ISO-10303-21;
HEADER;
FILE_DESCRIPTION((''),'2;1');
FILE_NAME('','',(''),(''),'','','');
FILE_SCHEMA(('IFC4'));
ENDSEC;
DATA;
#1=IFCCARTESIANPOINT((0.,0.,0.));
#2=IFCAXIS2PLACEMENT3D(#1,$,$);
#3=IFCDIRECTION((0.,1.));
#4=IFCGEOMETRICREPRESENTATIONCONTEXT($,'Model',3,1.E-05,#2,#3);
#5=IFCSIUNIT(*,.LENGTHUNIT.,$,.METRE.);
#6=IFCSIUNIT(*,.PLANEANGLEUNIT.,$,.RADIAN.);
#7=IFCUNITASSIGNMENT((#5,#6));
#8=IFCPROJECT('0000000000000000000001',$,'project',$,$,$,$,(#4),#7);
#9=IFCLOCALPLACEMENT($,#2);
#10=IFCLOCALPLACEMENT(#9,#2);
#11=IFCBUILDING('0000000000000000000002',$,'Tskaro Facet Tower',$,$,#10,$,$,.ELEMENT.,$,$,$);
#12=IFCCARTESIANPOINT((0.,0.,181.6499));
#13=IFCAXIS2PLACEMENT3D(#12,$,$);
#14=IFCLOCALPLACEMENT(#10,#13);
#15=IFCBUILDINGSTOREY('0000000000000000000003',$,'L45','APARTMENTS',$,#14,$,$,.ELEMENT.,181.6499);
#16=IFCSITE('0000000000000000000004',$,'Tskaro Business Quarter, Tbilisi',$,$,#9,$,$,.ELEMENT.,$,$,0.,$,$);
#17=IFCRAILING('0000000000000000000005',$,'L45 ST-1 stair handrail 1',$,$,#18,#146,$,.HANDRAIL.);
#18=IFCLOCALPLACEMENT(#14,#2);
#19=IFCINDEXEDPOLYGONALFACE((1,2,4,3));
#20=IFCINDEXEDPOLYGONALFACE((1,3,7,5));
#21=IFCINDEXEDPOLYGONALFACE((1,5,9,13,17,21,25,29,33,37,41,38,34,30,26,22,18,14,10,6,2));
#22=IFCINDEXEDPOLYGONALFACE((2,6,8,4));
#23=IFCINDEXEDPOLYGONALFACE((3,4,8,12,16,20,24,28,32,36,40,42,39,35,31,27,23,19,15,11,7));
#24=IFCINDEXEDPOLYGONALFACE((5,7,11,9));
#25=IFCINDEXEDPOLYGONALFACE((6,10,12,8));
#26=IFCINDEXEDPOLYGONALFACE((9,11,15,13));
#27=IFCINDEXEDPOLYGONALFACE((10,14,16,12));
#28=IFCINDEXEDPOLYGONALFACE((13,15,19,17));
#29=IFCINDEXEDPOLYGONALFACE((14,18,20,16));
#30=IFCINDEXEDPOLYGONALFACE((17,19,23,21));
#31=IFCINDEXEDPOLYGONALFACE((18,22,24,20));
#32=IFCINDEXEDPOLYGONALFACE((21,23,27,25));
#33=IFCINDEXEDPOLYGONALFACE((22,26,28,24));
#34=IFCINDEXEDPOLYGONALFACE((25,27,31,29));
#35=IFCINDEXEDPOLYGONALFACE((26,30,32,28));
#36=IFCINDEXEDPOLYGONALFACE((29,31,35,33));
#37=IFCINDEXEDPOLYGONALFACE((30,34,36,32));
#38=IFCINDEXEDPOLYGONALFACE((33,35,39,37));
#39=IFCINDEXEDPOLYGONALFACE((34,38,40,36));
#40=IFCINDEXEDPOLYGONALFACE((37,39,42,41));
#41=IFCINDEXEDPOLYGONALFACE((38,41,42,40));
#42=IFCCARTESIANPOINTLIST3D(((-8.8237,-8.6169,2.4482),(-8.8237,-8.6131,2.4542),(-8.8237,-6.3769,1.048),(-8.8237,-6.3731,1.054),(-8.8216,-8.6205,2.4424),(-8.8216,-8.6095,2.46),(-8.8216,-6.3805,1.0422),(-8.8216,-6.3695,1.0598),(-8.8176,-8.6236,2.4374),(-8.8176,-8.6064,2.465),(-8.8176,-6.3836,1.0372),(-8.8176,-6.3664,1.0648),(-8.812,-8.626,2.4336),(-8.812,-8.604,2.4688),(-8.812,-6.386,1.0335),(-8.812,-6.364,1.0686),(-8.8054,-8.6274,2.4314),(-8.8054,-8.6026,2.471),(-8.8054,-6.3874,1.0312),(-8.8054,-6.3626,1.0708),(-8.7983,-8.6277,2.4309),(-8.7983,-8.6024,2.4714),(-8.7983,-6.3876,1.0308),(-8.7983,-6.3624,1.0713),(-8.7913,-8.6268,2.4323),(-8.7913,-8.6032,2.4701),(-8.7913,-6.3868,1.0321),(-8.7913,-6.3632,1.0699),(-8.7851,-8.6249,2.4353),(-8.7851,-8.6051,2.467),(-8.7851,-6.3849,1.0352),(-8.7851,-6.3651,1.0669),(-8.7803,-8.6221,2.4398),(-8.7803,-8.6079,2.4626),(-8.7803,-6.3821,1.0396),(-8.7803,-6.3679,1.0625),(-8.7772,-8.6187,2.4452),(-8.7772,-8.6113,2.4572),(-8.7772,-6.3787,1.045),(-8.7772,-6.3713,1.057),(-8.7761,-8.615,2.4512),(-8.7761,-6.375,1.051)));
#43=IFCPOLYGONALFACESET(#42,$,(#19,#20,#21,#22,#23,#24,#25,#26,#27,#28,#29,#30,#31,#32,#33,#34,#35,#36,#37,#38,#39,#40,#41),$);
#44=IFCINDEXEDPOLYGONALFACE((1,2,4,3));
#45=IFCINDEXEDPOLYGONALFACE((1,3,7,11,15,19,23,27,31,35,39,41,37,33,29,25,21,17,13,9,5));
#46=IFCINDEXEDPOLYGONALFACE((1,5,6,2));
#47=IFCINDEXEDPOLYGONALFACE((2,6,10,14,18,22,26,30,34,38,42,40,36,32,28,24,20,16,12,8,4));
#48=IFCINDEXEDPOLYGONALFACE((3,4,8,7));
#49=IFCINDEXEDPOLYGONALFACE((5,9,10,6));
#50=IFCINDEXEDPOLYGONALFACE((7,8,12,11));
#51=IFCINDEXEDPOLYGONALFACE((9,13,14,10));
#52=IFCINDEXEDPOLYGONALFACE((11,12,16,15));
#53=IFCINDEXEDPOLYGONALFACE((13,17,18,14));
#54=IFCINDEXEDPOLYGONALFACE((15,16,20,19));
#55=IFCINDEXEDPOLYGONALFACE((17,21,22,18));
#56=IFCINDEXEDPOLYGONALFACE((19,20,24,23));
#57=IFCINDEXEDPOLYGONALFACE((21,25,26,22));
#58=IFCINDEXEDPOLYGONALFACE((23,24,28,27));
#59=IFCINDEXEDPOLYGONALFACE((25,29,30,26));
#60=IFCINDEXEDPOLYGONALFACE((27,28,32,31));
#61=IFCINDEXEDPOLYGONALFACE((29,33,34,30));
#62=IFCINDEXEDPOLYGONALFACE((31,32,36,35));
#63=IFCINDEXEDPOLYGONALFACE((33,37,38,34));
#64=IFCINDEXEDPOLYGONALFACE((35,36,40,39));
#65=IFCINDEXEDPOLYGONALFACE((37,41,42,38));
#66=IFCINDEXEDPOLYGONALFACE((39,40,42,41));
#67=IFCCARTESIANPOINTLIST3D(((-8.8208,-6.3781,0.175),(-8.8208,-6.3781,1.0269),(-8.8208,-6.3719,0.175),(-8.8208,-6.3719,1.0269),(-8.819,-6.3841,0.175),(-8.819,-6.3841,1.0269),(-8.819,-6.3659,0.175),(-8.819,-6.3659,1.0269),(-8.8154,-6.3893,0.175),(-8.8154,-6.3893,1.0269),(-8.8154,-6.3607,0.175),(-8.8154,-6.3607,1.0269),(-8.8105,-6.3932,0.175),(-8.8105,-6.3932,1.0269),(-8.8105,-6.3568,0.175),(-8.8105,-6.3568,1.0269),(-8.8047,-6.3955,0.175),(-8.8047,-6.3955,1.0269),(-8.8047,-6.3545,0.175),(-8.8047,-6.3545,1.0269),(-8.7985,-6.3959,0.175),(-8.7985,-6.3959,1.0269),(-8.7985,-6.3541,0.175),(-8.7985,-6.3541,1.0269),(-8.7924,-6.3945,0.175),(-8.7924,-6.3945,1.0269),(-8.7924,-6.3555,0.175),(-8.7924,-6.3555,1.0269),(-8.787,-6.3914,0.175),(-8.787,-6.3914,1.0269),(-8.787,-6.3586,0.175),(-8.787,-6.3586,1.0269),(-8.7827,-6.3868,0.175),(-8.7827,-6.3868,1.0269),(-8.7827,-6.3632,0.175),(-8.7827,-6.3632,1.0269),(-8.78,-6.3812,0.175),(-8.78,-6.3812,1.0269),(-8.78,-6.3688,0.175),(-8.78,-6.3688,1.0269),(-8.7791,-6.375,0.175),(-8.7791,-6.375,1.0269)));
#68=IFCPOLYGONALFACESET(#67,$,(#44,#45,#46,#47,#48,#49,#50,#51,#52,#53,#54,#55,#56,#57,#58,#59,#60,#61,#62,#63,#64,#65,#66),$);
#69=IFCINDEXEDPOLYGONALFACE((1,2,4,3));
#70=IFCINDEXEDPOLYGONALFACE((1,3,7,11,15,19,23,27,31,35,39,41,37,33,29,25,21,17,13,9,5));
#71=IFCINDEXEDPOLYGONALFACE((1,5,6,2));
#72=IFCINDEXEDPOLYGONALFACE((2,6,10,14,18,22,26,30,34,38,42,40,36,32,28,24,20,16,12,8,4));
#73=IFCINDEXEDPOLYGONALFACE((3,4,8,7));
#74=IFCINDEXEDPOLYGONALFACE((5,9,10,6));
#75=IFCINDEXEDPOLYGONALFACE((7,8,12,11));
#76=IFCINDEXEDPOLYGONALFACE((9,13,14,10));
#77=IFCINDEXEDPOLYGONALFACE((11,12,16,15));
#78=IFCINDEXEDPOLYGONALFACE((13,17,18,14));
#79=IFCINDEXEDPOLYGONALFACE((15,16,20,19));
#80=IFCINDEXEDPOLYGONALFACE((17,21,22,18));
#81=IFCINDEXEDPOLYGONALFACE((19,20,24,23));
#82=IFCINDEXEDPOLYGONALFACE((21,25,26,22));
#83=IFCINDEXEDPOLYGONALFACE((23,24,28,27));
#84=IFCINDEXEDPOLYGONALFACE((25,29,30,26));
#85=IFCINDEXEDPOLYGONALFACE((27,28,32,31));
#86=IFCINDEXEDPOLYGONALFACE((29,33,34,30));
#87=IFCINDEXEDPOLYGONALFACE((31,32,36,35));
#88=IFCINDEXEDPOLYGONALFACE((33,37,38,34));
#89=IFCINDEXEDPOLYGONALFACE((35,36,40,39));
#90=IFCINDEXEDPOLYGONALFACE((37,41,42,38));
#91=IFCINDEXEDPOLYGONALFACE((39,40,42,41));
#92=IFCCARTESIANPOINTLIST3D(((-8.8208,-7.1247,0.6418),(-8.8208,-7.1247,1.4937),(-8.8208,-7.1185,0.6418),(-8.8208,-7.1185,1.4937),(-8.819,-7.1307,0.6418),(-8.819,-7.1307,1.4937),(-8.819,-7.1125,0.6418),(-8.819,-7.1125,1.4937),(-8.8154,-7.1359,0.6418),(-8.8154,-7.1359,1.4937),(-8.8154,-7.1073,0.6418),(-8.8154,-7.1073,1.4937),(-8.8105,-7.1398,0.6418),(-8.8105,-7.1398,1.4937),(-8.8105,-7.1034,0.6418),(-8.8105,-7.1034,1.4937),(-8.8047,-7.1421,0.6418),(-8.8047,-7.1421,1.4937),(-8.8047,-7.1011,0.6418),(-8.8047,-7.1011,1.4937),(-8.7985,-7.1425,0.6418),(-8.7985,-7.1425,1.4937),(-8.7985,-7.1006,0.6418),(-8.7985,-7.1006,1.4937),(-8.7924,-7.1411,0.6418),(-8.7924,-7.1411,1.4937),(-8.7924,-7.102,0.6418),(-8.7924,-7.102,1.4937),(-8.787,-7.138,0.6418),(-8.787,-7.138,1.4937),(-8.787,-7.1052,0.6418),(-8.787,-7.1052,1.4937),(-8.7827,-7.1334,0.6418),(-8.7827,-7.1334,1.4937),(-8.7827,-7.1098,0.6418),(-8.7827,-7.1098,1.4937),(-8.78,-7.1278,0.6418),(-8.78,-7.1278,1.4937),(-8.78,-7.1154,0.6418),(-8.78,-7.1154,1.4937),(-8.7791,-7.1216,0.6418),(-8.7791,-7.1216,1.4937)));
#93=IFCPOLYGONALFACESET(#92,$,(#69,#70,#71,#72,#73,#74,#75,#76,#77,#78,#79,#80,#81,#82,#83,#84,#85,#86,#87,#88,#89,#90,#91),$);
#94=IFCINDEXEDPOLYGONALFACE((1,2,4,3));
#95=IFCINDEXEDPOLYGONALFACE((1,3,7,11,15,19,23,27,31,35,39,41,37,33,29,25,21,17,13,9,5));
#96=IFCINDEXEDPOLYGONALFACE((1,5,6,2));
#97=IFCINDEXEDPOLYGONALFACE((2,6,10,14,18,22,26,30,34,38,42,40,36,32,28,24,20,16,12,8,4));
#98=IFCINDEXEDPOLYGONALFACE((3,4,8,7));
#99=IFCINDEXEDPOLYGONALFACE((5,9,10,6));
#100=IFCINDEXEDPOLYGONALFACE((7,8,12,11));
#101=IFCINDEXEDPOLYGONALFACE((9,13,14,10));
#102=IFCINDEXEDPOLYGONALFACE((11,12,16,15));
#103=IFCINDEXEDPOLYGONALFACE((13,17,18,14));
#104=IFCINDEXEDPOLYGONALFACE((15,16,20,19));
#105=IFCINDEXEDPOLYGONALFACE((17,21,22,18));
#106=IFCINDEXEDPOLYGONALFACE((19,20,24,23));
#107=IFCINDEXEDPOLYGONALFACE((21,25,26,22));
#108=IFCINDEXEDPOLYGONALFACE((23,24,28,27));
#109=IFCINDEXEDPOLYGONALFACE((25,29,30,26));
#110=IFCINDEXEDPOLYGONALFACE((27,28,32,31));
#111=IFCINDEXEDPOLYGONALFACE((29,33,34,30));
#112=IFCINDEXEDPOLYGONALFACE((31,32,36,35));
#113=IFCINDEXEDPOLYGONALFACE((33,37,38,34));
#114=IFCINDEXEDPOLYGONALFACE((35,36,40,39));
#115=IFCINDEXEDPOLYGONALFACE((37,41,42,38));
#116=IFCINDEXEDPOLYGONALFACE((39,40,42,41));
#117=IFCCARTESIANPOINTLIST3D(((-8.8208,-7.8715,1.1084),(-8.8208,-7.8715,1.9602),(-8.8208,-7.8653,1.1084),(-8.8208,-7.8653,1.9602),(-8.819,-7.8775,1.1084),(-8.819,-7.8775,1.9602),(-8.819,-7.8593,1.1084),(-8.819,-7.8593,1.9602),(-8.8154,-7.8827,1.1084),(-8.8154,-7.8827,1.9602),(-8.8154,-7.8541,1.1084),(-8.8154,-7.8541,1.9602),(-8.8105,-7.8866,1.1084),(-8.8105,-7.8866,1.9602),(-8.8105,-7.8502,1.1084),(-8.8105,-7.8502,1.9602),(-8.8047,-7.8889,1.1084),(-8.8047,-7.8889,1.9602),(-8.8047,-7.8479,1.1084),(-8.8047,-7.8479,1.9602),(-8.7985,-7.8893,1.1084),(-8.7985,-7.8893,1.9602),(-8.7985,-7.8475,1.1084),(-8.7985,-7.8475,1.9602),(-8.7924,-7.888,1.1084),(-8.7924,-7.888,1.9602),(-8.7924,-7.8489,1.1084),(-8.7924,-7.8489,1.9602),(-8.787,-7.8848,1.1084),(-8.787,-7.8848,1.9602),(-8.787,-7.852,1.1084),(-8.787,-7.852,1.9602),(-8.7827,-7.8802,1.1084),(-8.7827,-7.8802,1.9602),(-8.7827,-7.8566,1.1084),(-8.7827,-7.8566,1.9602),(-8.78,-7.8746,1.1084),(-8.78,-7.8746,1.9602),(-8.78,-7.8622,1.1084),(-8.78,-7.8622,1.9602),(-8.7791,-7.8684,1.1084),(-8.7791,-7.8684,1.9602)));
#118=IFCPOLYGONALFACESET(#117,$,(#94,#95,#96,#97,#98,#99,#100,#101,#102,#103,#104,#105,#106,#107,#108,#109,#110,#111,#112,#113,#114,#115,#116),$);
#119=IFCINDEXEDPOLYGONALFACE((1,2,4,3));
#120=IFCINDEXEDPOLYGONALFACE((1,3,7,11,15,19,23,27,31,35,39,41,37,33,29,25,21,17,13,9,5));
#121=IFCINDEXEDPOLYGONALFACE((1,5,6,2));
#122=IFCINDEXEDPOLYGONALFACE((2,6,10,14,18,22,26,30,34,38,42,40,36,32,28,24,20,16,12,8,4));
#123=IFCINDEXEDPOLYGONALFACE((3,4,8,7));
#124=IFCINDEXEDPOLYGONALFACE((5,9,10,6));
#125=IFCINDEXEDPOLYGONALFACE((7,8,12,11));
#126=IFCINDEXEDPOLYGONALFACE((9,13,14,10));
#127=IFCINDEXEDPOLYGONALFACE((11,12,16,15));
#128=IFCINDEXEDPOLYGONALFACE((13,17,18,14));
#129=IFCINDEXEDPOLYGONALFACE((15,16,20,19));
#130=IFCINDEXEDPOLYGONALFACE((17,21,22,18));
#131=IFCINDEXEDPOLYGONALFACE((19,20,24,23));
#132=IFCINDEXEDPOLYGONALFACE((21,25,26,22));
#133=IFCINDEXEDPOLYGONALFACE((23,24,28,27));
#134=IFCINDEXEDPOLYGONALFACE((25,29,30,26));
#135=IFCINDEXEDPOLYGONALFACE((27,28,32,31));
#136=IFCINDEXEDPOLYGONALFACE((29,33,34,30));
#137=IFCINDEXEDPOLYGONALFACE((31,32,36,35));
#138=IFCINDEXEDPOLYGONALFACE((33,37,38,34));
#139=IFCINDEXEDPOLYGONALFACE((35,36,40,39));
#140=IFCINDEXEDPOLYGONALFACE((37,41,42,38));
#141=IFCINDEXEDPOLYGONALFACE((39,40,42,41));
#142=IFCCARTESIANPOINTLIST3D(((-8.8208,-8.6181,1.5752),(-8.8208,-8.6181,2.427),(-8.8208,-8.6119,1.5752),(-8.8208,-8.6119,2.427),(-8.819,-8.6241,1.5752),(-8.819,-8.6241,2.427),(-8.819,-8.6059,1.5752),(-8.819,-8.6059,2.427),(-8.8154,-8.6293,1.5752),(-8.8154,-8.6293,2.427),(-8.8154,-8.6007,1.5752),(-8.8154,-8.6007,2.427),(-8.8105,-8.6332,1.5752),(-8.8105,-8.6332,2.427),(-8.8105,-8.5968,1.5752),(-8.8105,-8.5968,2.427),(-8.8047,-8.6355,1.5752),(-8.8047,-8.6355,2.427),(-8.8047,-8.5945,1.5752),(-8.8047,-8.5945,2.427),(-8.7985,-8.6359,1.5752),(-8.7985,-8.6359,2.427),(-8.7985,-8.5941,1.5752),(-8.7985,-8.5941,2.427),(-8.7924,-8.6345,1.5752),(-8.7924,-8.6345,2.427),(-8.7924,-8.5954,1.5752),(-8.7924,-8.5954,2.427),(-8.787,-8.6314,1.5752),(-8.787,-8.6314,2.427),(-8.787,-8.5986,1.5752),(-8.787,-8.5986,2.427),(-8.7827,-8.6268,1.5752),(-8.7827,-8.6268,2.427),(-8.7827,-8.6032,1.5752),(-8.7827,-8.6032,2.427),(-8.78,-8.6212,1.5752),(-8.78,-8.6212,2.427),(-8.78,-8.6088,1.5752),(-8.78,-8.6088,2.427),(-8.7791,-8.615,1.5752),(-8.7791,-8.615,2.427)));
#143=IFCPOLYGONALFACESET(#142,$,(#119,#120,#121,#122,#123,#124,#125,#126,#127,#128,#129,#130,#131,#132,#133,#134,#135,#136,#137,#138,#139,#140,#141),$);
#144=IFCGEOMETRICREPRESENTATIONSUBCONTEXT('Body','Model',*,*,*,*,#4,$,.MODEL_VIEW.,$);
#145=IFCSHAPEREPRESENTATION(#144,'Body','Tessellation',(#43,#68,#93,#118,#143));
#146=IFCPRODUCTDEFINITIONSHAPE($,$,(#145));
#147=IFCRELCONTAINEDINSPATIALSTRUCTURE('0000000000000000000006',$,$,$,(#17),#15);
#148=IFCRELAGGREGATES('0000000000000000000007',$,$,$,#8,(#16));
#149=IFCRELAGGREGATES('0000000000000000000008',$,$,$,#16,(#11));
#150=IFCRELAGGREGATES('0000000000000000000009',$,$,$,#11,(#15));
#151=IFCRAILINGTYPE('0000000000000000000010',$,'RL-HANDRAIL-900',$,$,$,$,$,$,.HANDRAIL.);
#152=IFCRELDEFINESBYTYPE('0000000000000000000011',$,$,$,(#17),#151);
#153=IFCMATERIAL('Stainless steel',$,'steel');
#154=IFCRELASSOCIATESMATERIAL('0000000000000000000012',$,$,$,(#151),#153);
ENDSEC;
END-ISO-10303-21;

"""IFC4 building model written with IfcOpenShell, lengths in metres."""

from ifc_helpers import new_model, si_unit, direction, frame, origin, origin_2d, place, context, subcontext, project, spatial, circle, extrude, material, type_object, element, save


model = new_model("IFC4")

# Units and contexts
model_context = context("Model", 3, precision=1e-05, world=origin(), true_north=direction((0.0, 1.0)))
body_context = subcontext(model_context, "Body", "Model", "MODEL_VIEW")
ifc_project = project(units=[si_unit("LENGTHUNIT", "METRE"), si_unit("PLANEANGLEUNIT", "RADIAN")], contexts=[model_context])

# Site, building, storey
site_placement = place(None, origin())
site = spatial("IfcSite", under=ifc_project, at=site_placement, Name="Tskaro Business Quarter, Tbilisi", CompositionType="ELEMENT", RefElevation=0.0)
building_placement = place(site_placement, origin())
building = spatial("IfcBuilding", under=site, at=building_placement, Name="Tskaro Facet Tower", CompositionType="ELEMENT")
storey_placement = place(building_placement, frame((0.0, 0.0, 181.6499)))
storey = spatial("IfcBuildingStorey", under=building, at=storey_placement, Name="L45", Description="APARTMENTS", CompositionType="ELEMENT", Elevation=181.6499)

# Railing
ifc_material_1 = material(Name="Stainless steel", Category="steel")
railing_type = type_object("IfcRailingType", Name="RL-HANDRAIL-900", PredefinedType="HANDRAIL", material=ifc_material_1)
railing_placement = place(storey_placement, frame((-8.8, -6.375, 0.175)))
element("IfcRailing", 1, at=railing_placement, inside=storey, type_object=railing_type, Name="L45 ST-1 stair handrail 1", PredefinedType="HANDRAIL", context=body_context, shape_type="SweptSolid", body=[
    extrude(circle(Radius=0.0239, at=origin_2d()), frame((0.0, 0.0, 0.876), z_axis=(0.0, -0.847972, 0.53004), x_axis=(1.0, 0.0, 0.0)), (0.0, 0.0, 1.0), 2.6416),
    extrude(circle(Radius=0.021, at=origin_2d()), origin(), (0.0, 0.0, 1.0), 0.8518),
    extrude(circle(Radius=0.021, at=origin_2d()), frame((0.0, -0.7466, 0.4668)), (0.0, 0.0, 1.0), 0.8518),
    extrude(circle(Radius=0.021, at=origin_2d()), frame((0.0, -1.4934, 0.9333)), (0.0, 0.0, 1.0), 0.8518),
    extrude(circle(Radius=0.021, at=origin_2d()), frame((0.0, -2.24, 1.4001)), (0.0, 0.0, 1.0), 0.8518),
])

save(model, "model.ifc")
